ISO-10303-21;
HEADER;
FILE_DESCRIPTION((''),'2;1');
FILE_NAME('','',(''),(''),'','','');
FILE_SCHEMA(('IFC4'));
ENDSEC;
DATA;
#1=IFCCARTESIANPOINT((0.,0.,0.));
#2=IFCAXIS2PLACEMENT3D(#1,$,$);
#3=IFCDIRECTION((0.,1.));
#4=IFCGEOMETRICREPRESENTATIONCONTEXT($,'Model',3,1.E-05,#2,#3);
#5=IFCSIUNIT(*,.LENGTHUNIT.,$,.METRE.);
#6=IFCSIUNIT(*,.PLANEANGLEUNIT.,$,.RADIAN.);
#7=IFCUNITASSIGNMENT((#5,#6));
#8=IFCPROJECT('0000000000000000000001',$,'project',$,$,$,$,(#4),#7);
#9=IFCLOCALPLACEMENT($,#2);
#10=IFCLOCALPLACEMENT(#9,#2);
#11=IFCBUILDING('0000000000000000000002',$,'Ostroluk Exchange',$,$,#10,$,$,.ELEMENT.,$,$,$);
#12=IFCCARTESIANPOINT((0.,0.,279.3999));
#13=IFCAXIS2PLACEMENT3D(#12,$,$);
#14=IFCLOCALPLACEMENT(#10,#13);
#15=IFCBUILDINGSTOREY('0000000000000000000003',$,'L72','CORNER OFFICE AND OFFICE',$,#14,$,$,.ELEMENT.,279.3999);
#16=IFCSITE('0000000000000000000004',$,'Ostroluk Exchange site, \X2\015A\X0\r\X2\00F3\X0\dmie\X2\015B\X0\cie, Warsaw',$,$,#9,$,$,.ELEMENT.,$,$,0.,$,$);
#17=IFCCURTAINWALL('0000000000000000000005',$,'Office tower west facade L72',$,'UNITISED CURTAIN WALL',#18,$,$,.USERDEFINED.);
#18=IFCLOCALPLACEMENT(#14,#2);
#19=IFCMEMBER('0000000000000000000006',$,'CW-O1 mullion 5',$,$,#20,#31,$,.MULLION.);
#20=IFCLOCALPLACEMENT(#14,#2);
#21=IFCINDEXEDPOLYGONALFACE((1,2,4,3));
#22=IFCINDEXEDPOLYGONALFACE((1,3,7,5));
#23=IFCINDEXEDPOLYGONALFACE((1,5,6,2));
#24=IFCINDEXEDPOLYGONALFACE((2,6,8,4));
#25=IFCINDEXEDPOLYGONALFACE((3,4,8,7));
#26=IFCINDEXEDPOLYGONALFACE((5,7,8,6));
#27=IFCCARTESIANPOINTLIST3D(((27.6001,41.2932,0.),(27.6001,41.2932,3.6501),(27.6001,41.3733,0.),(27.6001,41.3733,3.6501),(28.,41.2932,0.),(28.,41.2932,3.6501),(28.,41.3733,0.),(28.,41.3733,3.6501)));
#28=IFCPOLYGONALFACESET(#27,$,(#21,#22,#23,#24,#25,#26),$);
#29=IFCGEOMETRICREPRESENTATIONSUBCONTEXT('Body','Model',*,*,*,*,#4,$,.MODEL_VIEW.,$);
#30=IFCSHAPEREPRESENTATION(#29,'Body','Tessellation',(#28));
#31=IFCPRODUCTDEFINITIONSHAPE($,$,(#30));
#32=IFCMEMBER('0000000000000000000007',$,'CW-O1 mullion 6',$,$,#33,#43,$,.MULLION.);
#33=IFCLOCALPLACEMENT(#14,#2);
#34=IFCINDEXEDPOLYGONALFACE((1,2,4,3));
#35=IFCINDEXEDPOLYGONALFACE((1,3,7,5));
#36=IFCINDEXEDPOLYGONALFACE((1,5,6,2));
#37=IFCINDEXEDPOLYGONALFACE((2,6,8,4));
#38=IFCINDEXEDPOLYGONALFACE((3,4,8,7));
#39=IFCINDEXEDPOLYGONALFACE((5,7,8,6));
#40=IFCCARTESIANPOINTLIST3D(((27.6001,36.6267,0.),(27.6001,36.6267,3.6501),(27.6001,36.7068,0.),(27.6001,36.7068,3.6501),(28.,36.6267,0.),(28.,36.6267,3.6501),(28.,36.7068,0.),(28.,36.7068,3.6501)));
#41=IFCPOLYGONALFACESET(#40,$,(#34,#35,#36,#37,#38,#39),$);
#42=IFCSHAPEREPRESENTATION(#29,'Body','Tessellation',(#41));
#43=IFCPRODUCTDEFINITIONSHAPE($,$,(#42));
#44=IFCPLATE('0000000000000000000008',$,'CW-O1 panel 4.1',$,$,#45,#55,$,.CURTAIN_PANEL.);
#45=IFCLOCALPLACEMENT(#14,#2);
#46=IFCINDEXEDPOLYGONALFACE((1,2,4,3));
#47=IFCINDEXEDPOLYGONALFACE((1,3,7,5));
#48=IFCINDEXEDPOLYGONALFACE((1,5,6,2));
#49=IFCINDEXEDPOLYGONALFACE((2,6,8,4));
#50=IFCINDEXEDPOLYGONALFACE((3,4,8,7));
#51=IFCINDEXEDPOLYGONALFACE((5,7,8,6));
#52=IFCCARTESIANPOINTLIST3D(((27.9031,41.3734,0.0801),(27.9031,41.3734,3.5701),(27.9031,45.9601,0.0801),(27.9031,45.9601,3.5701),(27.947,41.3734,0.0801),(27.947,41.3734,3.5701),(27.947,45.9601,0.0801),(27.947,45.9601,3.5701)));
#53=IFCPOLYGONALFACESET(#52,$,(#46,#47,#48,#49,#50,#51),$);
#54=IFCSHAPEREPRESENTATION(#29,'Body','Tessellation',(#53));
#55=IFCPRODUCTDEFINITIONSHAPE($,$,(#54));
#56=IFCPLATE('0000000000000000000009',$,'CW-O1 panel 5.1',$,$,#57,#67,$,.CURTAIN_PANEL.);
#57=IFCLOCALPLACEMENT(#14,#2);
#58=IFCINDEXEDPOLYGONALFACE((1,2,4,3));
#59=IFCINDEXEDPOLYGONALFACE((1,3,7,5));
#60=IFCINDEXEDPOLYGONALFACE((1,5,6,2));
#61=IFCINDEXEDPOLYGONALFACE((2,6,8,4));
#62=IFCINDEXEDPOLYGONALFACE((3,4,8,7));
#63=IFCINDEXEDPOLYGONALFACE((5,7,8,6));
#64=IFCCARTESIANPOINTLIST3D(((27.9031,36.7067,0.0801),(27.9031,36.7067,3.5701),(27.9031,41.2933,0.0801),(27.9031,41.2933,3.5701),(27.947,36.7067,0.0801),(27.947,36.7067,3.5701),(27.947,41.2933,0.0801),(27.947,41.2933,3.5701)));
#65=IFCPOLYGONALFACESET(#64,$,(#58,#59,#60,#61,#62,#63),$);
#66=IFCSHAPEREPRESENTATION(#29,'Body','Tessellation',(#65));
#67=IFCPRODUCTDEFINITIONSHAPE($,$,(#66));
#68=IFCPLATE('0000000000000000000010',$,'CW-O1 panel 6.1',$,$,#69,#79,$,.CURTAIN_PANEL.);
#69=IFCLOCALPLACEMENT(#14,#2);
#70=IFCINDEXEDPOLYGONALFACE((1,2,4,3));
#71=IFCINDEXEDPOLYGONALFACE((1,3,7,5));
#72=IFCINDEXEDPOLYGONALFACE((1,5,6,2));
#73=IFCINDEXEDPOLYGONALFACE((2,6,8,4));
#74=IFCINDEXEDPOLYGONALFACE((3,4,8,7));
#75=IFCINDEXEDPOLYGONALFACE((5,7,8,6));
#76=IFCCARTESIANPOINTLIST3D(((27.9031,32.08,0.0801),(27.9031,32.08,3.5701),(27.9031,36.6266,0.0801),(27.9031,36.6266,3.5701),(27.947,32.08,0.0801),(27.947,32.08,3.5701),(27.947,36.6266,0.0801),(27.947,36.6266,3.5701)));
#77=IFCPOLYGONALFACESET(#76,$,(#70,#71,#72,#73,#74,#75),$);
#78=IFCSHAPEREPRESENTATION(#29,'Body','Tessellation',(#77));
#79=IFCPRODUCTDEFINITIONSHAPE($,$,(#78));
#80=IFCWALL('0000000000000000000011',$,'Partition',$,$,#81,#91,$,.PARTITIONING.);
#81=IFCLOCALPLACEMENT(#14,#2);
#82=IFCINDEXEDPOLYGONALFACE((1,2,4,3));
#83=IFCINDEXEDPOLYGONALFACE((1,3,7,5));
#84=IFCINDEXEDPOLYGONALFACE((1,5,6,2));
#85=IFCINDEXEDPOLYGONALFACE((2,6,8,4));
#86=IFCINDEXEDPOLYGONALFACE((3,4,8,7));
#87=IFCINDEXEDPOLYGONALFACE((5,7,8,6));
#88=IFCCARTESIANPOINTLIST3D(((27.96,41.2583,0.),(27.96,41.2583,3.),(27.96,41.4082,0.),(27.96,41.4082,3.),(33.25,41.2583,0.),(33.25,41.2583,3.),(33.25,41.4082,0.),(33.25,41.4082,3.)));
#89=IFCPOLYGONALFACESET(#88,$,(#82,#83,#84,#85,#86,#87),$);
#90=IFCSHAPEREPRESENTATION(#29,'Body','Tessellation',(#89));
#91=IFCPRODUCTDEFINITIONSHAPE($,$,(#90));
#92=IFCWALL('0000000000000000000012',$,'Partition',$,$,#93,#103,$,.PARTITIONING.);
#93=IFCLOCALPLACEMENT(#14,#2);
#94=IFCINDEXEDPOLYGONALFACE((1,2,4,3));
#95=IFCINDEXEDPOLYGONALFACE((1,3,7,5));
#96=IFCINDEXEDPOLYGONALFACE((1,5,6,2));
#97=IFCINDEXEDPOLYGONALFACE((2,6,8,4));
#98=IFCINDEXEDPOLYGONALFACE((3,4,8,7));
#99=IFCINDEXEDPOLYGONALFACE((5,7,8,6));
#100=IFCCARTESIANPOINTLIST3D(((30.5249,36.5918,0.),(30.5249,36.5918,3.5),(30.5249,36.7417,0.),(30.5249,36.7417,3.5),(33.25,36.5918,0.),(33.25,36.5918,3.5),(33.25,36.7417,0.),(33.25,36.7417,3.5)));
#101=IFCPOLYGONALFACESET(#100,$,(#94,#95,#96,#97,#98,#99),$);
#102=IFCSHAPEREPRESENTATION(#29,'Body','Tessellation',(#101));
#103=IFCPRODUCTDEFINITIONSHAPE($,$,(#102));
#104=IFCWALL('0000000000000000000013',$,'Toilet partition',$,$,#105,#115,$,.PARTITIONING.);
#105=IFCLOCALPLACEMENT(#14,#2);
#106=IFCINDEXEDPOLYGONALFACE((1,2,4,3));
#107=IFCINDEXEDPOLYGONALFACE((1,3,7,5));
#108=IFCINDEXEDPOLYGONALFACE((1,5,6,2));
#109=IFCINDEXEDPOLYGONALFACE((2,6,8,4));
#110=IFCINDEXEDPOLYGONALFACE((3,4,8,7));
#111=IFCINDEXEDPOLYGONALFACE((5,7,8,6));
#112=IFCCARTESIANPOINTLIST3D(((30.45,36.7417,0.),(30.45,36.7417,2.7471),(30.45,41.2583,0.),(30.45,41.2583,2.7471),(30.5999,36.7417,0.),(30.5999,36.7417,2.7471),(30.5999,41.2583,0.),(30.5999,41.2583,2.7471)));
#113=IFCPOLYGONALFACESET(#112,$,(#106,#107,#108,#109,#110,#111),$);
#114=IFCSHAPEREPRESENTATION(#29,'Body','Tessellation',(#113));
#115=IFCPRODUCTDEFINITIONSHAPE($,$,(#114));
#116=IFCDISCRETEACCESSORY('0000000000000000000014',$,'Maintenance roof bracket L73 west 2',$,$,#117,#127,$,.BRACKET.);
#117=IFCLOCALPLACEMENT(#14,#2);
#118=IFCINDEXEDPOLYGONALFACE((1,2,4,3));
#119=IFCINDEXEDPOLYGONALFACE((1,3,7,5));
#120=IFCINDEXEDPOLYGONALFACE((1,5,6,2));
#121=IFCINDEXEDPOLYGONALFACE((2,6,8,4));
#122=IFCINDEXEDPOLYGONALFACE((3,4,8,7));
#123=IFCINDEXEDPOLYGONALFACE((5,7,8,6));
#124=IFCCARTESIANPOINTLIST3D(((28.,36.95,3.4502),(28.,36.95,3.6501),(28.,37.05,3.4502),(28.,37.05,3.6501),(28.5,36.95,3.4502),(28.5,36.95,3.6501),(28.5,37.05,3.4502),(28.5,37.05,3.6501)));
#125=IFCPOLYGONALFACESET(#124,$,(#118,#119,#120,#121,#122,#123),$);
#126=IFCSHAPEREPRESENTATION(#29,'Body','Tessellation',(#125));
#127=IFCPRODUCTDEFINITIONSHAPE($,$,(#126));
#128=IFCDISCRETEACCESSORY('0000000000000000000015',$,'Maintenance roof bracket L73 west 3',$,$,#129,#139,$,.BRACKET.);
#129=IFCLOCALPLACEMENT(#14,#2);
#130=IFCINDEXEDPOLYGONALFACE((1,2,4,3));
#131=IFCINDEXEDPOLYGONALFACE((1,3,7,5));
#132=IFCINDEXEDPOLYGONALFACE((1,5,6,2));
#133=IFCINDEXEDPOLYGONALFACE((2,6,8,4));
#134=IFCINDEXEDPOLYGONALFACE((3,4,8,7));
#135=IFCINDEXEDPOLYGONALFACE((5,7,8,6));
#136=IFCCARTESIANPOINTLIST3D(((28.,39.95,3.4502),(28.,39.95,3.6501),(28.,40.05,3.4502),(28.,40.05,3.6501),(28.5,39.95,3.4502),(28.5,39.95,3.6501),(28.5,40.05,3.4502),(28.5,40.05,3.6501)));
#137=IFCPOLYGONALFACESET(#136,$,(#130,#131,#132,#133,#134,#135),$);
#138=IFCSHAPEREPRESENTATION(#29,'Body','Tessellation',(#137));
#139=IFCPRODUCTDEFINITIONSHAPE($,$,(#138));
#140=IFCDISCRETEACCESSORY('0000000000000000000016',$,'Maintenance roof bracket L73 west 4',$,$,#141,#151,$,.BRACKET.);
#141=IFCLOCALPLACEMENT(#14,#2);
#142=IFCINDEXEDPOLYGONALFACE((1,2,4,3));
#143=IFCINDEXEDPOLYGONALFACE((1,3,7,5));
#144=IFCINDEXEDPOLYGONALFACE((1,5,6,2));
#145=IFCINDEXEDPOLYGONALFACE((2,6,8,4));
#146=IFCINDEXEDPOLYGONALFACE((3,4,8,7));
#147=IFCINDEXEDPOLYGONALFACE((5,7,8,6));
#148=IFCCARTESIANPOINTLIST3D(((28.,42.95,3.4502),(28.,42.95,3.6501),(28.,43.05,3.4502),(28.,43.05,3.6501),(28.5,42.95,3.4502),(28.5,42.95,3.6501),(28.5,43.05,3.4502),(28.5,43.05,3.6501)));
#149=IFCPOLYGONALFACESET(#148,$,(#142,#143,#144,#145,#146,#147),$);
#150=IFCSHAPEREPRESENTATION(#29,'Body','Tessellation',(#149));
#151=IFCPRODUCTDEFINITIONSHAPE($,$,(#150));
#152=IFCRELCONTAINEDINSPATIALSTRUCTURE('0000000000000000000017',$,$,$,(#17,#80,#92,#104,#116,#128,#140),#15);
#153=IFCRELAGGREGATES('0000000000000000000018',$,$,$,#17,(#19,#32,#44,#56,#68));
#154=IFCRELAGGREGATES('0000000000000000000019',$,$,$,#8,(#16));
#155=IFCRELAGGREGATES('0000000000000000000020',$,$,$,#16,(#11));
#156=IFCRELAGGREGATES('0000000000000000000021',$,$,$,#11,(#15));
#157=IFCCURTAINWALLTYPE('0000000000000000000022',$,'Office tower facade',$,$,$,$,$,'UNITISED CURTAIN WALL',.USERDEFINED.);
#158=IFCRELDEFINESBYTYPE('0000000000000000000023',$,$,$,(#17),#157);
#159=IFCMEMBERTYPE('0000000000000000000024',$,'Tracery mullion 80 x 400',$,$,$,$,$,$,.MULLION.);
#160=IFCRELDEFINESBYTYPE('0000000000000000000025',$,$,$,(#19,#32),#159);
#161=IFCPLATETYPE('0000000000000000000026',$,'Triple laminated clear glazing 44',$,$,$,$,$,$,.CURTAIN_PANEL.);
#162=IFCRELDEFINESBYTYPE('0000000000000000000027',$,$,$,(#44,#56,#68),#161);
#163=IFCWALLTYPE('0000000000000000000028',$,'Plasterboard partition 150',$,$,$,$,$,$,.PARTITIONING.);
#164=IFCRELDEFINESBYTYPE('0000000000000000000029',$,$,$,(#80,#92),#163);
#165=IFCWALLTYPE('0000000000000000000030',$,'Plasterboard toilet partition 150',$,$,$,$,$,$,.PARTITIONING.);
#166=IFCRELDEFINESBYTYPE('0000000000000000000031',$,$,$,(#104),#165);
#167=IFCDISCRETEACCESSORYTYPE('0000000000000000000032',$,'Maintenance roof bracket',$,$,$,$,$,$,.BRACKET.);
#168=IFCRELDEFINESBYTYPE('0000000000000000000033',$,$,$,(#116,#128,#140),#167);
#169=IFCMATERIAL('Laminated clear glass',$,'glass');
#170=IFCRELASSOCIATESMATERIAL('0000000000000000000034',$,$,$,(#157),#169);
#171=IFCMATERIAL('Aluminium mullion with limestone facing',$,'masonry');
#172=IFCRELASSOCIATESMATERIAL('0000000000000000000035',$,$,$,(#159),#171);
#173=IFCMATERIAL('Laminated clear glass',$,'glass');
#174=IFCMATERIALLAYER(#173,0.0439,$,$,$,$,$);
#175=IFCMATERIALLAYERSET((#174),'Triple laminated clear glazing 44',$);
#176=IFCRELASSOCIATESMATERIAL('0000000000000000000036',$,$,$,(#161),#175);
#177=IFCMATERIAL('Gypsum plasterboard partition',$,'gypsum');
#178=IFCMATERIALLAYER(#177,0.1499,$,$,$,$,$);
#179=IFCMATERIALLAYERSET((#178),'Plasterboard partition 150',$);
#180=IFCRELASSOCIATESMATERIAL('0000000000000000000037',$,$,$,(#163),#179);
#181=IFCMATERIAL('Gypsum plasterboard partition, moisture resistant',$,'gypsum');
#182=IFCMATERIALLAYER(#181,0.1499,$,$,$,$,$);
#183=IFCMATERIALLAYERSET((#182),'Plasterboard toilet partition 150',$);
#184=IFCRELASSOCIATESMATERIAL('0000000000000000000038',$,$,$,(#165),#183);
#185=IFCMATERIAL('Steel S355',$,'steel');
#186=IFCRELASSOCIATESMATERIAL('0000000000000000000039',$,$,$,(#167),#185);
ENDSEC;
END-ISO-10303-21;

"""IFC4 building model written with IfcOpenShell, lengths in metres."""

from ifc_helpers import new_model, si_unit, direction, frame, frame_2d, origin, origin_2d, place, context, subcontext, project, spatial, rectangle, extrude, material, layer, layer_set, material_profile, profile_set, type_object, element, aggregate, save


model = new_model("IFC4")

# Units and contexts
model_context = context("Model", 3, precision=1e-05, world=origin(), true_north=direction((0.0, 1.0)))
body_context = subcontext(model_context, "Body", "Model", "MODEL_VIEW")
ifc_project = project(units=[si_unit("LENGTHUNIT", "METRE"), si_unit("PLANEANGLEUNIT", "RADIAN")], contexts=[model_context])

# Site, building, storey
site_placement = place(None, origin())
site = spatial("IfcSite", under=ifc_project, at=site_placement, Name="Ostroluk Exchange site, Śródmieście, Warsaw", CompositionType="ELEMENT", RefElevation=0.0)
building_placement = place(site_placement, origin())
building = spatial("IfcBuilding", under=site, at=building_placement, Name="Ostroluk Exchange", CompositionType="ELEMENT")
storey_placement = place(building_placement, frame((0.0, 0.0, 279.3999)))
storey = spatial("IfcBuildingStorey", under=building, at=storey_placement, Name="L72", Description="CORNER OFFICE AND OFFICE", CompositionType="ELEMENT", Elevation=279.3999)

# Curtain wall, members, plates
ifc_material_1 = material(Name="Laminated clear glass", Category="glass")
curtain_wall_type = type_object("IfcCurtainWallType", Name="Office tower facade", ElementType="UNITISED CURTAIN WALL", PredefinedType="USERDEFINED", material=ifc_material_1)
curtain_wall_placement = place(storey_placement, origin())
curtain_wall = element("IfcCurtainWall", 1, at=curtain_wall_placement, inside=storey, type_object=curtain_wall_type, Name="Office tower west facade L72", ObjectType="UNITISED CURTAIN WALL", PredefinedType="USERDEFINED")
ifc_material_2 = material(Name="Aluminium mullion with limestone facing", Category="masonry")
ifc_material_profile_1 = material_profile(ifc_material_2, rectangle(XDim=0.3999, YDim=0.0801, at=origin_2d()), Name="Tracery mullion 80 x 400")
ifc_profile_set_1 = profile_set([ifc_material_profile_1], Name="Aluminium mullion with limestone facing")
member_type_1 = type_object("IfcMemberType", Name="Tracery mullion 80 x 400", PredefinedType="MULLION", material=ifc_profile_set_1)
member_1_placement = place(storey_placement, frame((27.8, 41.3333, 0.0), z_axis=(0.0, 0.0, 1.0), x_axis=(1.0, 0.0, 0.0)))
member_1 = element("IfcMember", 2, at=member_1_placement, type_object=member_type_1, Name="CW-O1 mullion 5", PredefinedType="MULLION", context=body_context, shape_type="SweptSolid", body=[
    extrude(rectangle(XDim=0.3999, YDim=0.0801, at=origin_2d()), origin(), (0.0, 0.0, 1.0), 3.6501),
])
member_2_placement = place(storey_placement, frame((27.8, 36.6667, 0.0), z_axis=(0.0, 0.0, 1.0), x_axis=(1.0, 0.0, 0.0)))
member_2 = element("IfcMember", 3, at=member_2_placement, type_object=member_type_1, Name="CW-O1 mullion 6", PredefinedType="MULLION", context=body_context, shape_type="SweptSolid", body=[
    extrude(rectangle(XDim=0.3999, YDim=0.0801, at=origin_2d()), origin(), (0.0, 0.0, 1.0), 3.6501),
])
ifc_material_3 = material(Name="Laminated clear glass", Category="glass")
ifc_layer_1 = layer(ifc_material_3, 0.0439)
ifc_layer_set_1 = layer_set([ifc_layer_1], Name="Triple laminated clear glazing 44")
plate_type = type_object("IfcPlateType", Name="Triple laminated clear glazing 44", PredefinedType="CURTAIN_PANEL", material=ifc_layer_set_1)
plate_1_placement = place(storey_placement, frame((27.925, 43.6667, 0.0801), z_axis=(0.0, 0.0, 1.0), x_axis=(0.0, -1.0, 0.0)))
plate_1 = element("IfcPlate", 4, at=plate_1_placement, type_object=plate_type, Name="CW-O1 panel 4.1", PredefinedType="CURTAIN_PANEL", context=body_context, shape_type="SweptSolid", body=[
    extrude(rectangle(XDim=4.5867, YDim=0.0439, at=origin_2d()), origin(), (0.0, 0.0, 1.0), 3.49),
])
plate_2_placement = place(storey_placement, frame((27.925, 39.0, 0.0801), z_axis=(0.0, 0.0, 1.0), x_axis=(0.0, -1.0, 0.0)))
plate_2 = element("IfcPlate", 5, at=plate_2_placement, type_object=plate_type, Name="CW-O1 panel 5.1", PredefinedType="CURTAIN_PANEL", context=body_context, shape_type="SweptSolid", body=[
    extrude(rectangle(XDim=4.5867, YDim=0.0439, at=origin_2d()), origin(), (0.0, 0.0, 1.0), 3.49),
])
plate_3_placement = place(storey_placement, frame((27.925, 34.3533, 0.0801), z_axis=(0.0, 0.0, 1.0), x_axis=(0.0, -1.0, 0.0)))
plate_3 = element("IfcPlate", 6, at=plate_3_placement, type_object=plate_type, Name="CW-O1 panel 6.1", PredefinedType="CURTAIN_PANEL", context=body_context, shape_type="SweptSolid", body=[
    extrude(rectangle(XDim=4.5466, YDim=0.0439, at=origin_2d()), origin(), (0.0, 0.0, 1.0), 3.49),
])
aggregate(curtain_wall, [member_1, member_2, plate_1, plate_2, plate_3])

# Walls
ifc_material_4 = material(Name="Gypsum plasterboard partition", Category="gypsum")
ifc_layer_2 = layer(ifc_material_4, 0.1499)
ifc_layer_set_2 = layer_set([ifc_layer_2], Name="Plasterboard partition 150")
wall_type_1 = type_object("IfcWallType", Name="Plasterboard partition 150", PredefinedType="PARTITIONING", material=ifc_layer_set_2)
wall_1_placement = place(storey_placement, frame((33.25, 41.3333, 0.0), z_axis=(0.0, 0.0, 1.0), x_axis=(-1.0, 0.0, 0.0)))
element("IfcWall", 7, at=wall_1_placement, inside=storey, type_object=wall_type_1, Name="Partition", PredefinedType="PARTITIONING", context=body_context, shape_type="SweptSolid", body=[
    extrude(rectangle(XDim=5.29, YDim=0.1499, at=frame_2d((2.645, 0.0))), origin(), (0.0, 0.0, 1.0), 3.0),
])
wall_2_placement = place(storey_placement, frame((33.25, 36.6667, 0.0), z_axis=(0.0, 0.0, 1.0), x_axis=(-1.0, 0.0, 0.0)))
element("IfcWall", 8, at=wall_2_placement, inside=storey, type_object=wall_type_1, Name="Partition", PredefinedType="PARTITIONING", context=body_context, shape_type="SweptSolid", body=[
    extrude(rectangle(XDim=2.7251, YDim=0.1499, at=frame_2d((1.3625, 0.0))), origin(), (0.0, 0.0, 1.0), 3.5),
])
ifc_material_5 = material(Name="Gypsum plasterboard partition, moisture resistant", Category="gypsum")
ifc_layer_3 = layer(ifc_material_5, 0.1499)
ifc_layer_set_3 = layer_set([ifc_layer_3], Name="Plasterboard toilet partition 150")
wall_type_2 = type_object("IfcWallType", Name="Plasterboard toilet partition 150", PredefinedType="PARTITIONING", material=ifc_layer_set_3)
wall_3_placement = place(storey_placement, frame((30.5249, 41.2583, 0.0), z_axis=(0.0, 0.0, 1.0), x_axis=(0.0, -1.0, 0.0)))
element("IfcWall", 9, at=wall_3_placement, inside=storey, type_object=wall_type_2, Name="Toilet partition", PredefinedType="PARTITIONING", context=body_context, shape_type="SweptSolid", body=[
    extrude(rectangle(XDim=4.5166, YDim=0.1499, at=frame_2d((2.2583, 0.0))), origin(), (0.0, 0.0, 1.0), 2.7471),
])

# Discrete accessories
ifc_material_6 = material(Name="Steel S355", Category="steel")
discrete_accessory_type = type_object("IfcDiscreteAccessoryType", Name="Maintenance roof bracket", PredefinedType="BRACKET", material=ifc_material_6)
for number, where, z_axis, x_axis, name in (
    (10, (28.25, 37.0, 3.4502), (0.0, 0.0, 1.0), (1.0, 0.0, 0.0), "Maintenance roof bracket L73 west 2"),
    (11, (28.25, 40.0, 3.4502), (0.0, 0.0, 1.0), (1.0, 0.0, 0.0), "Maintenance roof bracket L73 west 3"),
    (12, (28.25, 43.0, 3.4502), (0.0, 0.0, 1.0), (1.0, 0.0, 0.0), "Maintenance roof bracket L73 west 4"),
):
    element("IfcDiscreteAccessory", number, at=place(storey_placement, frame(where, z_axis=z_axis, x_axis=x_axis)), inside=storey, type_object=discrete_accessory_type, Name=name, PredefinedType="BRACKET", context=body_context, shape_type="SweptSolid", body=[
        extrude(rectangle(XDim=0.5, YDim=0.1001, at=origin_2d()), origin(), (0.0, 0.0, 1.0), 0.2),
    ])

save(model, "model.ifc")
